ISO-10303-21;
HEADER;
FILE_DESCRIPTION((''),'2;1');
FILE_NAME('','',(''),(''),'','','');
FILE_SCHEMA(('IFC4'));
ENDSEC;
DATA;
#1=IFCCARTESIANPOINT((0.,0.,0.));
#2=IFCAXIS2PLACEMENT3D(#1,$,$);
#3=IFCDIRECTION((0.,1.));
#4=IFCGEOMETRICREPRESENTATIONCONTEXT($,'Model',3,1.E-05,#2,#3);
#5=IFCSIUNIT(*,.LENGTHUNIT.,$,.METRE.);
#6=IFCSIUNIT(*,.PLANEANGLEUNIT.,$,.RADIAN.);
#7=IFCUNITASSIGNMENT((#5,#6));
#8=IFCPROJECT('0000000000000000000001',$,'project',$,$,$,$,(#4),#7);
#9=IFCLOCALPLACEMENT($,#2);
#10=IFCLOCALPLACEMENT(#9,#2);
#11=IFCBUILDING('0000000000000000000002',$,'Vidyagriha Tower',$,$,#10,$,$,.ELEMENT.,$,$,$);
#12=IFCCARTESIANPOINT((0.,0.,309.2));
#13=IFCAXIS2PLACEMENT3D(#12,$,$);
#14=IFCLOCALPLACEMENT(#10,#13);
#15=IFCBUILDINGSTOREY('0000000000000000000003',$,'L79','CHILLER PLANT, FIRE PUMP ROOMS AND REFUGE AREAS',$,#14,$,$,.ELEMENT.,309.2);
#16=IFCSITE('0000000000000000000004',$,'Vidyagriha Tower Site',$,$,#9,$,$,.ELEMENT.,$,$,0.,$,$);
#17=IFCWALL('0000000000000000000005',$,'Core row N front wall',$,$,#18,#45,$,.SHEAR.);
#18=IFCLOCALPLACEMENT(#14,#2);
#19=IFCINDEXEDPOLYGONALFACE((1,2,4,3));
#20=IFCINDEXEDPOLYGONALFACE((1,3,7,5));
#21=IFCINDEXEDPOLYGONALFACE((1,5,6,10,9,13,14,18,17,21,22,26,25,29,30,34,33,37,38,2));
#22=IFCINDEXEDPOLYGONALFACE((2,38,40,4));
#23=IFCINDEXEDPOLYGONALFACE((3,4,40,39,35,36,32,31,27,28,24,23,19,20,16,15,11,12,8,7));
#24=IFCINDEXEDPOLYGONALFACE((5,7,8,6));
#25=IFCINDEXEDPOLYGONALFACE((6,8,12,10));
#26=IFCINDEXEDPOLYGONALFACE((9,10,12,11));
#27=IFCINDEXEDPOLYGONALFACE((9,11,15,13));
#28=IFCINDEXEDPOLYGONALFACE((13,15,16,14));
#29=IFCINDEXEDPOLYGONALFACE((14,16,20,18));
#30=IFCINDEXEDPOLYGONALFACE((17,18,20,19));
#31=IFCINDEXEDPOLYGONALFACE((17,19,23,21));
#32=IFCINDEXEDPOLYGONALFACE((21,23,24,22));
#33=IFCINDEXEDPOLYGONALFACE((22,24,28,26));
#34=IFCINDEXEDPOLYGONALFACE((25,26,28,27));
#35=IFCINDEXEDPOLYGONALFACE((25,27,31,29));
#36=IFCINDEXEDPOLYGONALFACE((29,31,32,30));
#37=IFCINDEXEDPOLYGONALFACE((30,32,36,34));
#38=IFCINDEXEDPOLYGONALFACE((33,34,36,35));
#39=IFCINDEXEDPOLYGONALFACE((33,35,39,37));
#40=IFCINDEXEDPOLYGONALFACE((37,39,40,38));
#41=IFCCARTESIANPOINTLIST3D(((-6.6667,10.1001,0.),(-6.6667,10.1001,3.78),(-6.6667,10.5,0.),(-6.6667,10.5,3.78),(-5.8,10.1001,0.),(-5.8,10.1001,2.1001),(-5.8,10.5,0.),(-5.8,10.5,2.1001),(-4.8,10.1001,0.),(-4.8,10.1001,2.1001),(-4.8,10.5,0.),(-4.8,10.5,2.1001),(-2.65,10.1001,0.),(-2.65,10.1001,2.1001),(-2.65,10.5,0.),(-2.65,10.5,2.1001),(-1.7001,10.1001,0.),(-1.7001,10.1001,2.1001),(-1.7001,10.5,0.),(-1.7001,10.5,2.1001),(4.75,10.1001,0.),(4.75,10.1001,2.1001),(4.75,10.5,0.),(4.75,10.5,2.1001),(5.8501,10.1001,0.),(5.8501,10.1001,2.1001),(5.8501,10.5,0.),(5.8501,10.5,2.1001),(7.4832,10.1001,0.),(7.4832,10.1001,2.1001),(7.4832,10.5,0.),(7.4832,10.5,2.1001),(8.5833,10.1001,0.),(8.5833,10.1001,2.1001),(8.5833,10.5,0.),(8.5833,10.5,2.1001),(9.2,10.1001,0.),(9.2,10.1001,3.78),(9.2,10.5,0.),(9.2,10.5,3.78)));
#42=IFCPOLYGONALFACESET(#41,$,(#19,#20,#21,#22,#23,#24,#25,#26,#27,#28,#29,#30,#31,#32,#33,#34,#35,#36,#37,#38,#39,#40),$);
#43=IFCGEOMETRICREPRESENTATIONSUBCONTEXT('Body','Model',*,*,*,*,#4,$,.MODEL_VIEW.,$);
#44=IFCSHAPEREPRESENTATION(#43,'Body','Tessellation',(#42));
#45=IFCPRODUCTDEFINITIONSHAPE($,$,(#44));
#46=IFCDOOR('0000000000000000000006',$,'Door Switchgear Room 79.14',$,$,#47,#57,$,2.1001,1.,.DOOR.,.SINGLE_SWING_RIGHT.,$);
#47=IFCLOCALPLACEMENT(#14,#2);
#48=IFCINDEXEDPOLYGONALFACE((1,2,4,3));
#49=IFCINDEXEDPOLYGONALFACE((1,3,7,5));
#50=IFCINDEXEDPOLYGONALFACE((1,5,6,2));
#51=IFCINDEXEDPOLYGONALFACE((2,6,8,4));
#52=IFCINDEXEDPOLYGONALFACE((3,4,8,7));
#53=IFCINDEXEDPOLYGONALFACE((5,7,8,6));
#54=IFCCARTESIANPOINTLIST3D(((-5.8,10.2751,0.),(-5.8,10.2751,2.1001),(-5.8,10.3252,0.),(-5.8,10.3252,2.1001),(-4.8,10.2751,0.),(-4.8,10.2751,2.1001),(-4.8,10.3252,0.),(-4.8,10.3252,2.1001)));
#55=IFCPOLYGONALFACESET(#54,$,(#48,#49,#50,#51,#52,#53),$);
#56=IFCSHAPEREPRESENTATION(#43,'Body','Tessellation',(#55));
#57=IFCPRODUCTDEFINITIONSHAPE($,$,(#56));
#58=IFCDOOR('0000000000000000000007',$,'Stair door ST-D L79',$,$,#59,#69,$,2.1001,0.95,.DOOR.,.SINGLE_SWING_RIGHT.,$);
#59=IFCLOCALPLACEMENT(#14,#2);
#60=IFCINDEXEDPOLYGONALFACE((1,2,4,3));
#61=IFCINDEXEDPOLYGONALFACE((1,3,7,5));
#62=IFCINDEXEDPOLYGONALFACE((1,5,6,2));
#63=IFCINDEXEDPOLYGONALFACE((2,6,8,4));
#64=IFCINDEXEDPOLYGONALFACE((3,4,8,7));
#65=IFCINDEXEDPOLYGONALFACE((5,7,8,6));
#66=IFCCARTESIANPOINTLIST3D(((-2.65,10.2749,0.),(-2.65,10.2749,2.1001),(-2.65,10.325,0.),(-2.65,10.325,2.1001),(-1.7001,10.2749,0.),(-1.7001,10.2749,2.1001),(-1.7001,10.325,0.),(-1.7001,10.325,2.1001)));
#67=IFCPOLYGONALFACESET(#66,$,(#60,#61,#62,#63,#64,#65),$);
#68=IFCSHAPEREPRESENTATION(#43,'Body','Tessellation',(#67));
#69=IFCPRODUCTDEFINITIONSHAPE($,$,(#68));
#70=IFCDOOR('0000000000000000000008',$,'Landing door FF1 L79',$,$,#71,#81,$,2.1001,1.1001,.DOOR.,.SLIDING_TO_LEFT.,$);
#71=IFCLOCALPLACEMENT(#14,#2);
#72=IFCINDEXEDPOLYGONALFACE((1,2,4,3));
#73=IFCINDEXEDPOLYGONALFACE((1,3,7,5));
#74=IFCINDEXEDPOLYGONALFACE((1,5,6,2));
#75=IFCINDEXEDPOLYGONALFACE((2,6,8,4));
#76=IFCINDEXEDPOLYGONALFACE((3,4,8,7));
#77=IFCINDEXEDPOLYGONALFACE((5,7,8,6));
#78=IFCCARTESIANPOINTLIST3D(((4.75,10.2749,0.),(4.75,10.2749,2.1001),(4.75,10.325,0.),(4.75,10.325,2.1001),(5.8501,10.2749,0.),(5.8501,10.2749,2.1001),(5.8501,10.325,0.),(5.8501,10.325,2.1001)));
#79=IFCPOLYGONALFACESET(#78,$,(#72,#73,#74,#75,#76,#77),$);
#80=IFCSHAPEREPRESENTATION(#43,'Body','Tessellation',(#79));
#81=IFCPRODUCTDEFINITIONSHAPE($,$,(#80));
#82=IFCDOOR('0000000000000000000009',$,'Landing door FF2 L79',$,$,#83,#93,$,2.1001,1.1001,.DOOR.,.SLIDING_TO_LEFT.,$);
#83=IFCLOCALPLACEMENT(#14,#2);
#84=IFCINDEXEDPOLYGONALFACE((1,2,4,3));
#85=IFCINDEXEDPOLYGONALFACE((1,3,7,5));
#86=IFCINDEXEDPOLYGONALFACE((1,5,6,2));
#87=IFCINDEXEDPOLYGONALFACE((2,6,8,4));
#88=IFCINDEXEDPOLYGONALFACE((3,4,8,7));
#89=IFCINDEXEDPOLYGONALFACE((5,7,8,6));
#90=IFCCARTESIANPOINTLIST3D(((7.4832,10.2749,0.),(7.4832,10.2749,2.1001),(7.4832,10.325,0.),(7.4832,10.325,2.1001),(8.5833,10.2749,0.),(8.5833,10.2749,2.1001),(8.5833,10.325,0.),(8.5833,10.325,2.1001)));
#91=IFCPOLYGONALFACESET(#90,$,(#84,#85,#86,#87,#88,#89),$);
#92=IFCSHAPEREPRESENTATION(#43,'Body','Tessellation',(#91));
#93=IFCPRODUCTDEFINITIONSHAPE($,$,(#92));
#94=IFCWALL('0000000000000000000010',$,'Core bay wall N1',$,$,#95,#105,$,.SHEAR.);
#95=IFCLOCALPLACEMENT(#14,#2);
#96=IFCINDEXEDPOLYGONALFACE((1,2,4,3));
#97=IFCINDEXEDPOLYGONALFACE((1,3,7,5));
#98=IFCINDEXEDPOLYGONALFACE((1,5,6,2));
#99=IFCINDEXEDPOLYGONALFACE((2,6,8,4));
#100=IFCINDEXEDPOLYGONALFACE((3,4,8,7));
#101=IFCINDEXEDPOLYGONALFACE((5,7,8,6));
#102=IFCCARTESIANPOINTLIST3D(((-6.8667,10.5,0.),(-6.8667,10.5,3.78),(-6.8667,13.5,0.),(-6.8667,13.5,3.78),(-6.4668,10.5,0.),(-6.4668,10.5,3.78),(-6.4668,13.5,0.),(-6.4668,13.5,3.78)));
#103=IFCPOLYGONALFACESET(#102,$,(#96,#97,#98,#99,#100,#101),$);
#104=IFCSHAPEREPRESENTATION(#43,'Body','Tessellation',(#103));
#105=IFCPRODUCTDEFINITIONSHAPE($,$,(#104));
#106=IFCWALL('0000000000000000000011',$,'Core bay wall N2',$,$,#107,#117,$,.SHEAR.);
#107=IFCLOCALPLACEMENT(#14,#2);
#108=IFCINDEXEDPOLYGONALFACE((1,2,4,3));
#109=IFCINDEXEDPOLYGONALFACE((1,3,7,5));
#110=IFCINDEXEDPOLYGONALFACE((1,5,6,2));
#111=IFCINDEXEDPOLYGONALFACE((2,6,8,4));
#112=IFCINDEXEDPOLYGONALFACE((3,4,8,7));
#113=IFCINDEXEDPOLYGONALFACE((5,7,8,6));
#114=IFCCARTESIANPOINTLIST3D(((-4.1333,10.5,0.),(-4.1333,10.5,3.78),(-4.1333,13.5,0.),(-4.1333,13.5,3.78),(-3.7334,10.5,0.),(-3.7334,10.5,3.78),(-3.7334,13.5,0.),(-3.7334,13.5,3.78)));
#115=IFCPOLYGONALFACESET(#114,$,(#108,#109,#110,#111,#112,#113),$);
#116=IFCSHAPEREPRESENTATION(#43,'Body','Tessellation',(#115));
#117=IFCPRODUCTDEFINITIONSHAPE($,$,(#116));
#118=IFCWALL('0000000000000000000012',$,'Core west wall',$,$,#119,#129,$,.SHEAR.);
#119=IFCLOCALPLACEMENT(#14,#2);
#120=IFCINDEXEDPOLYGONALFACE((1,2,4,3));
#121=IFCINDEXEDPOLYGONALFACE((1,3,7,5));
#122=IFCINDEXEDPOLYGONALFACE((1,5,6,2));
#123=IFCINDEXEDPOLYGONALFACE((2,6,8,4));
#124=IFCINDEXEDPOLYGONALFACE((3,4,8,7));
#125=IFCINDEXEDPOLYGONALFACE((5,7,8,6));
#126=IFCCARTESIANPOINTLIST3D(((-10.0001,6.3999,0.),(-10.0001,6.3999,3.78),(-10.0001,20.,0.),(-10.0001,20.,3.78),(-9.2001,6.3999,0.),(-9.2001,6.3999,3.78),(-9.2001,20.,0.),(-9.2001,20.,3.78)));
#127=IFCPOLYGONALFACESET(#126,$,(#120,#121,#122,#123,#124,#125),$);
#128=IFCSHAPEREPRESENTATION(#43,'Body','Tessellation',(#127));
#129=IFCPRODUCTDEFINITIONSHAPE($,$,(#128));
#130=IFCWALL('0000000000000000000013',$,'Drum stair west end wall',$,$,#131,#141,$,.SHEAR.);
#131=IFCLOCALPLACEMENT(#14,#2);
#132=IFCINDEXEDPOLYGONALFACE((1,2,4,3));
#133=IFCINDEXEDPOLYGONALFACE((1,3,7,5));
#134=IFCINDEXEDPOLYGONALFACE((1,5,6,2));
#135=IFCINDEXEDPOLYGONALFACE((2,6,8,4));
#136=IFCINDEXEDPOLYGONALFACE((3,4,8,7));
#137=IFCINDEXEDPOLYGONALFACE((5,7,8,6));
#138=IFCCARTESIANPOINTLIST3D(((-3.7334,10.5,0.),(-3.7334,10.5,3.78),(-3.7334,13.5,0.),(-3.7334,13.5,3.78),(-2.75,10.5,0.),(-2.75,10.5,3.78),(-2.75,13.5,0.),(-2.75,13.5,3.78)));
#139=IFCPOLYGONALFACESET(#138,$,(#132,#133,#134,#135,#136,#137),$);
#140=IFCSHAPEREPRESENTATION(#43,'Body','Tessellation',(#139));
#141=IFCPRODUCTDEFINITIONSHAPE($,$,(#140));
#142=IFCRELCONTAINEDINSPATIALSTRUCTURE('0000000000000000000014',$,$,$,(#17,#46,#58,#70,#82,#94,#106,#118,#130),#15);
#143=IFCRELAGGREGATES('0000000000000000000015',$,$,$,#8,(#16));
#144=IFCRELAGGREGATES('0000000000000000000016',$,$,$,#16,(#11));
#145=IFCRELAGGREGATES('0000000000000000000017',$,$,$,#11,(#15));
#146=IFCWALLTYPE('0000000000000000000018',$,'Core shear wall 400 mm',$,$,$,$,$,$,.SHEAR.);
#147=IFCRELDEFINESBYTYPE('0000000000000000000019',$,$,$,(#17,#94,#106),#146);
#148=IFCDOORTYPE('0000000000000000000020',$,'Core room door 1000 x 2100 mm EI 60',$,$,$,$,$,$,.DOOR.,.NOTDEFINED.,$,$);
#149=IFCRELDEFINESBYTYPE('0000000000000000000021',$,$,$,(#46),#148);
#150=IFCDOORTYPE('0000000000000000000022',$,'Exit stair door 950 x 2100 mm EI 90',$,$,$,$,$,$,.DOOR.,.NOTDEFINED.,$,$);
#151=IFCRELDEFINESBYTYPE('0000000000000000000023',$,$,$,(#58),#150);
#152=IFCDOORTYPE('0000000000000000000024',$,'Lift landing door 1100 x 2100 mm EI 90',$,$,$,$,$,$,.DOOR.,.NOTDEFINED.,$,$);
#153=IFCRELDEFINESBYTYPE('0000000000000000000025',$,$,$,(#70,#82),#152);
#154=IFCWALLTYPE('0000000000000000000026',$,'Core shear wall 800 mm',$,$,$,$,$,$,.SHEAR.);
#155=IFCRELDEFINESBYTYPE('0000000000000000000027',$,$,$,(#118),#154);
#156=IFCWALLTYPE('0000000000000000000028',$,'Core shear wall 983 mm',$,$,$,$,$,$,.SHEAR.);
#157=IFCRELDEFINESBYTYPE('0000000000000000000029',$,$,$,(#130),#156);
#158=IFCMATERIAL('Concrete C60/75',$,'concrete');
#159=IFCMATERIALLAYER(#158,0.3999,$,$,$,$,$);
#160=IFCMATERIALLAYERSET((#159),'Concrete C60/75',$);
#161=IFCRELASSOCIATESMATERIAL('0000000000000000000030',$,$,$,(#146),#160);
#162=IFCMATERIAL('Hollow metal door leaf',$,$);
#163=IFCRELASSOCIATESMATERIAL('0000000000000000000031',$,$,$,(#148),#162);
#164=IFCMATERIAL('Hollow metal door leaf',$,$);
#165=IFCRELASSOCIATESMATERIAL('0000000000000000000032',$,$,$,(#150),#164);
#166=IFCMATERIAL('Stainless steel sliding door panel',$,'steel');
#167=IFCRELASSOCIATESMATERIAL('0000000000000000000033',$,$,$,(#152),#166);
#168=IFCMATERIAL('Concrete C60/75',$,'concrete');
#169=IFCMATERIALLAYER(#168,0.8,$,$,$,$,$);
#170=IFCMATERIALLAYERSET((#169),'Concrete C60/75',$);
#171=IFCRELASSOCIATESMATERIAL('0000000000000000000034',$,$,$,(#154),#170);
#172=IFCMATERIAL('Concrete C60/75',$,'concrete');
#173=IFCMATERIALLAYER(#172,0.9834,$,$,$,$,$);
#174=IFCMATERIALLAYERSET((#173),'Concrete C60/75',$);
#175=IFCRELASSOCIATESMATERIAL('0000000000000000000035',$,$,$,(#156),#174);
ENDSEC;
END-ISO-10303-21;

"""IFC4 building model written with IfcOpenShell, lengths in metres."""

from ifc_helpers import new_model, si_unit, direction, frame, frame_2d, origin, place, context, subcontext, project, spatial, rectangle, extrude, material, layer, layer_set, type_object, element, fill, save


model = new_model("IFC4")

# Units and contexts
model_context = context("Model", 3, precision=1e-05, world=origin(), true_north=direction((0.0, 1.0)))
body_context = subcontext(model_context, "Body", "Model", "MODEL_VIEW")
ifc_project = project(units=[si_unit("LENGTHUNIT", "METRE"), si_unit("PLANEANGLEUNIT", "RADIAN")], contexts=[model_context])

# Site, building, storey
site_placement = place(None, origin())
site = spatial("IfcSite", under=ifc_project, at=site_placement, Name="Vidyagriha Tower Site", CompositionType="ELEMENT", RefElevation=0.0)
building_placement = place(site_placement, origin())
building = spatial("IfcBuilding", under=site, at=building_placement, Name="Vidyagriha Tower", CompositionType="ELEMENT")
storey_placement = place(building_placement, frame((0.0, 0.0, 309.2)))
storey = spatial("IfcBuildingStorey", under=building, at=storey_placement, Name="L79", Description="CHILLER PLANT, FIRE PUMP ROOMS AND REFUGE AREAS", CompositionType="ELEMENT", Elevation=309.2)

# Wall, openings, doors
ifc_material_1 = material(Name="Concrete C60/75", Category="concrete")
ifc_layer_1 = layer(ifc_material_1, 0.3999)
ifc_layer_set_1 = layer_set([ifc_layer_1], Name="Concrete C60/75")
wall_type_1 = type_object("IfcWallType", Name="Core shear wall 400 mm", PredefinedType="SHEAR", material=ifc_layer_set_1)
wall_1_placement = place(storey_placement, frame((-6.6667, 10.3, 0.0)))
wall_1 = element("IfcWall", 1, at=wall_1_placement, inside=storey, type_object=wall_type_1, Name="Core row N front wall", PredefinedType="SHEAR", context=body_context, shape_type="SweptSolid", body=[
    extrude(rectangle(XDim=15.8667, YDim=0.3999, at=frame_2d((7.9333, 0.0))), origin(), (0.0, 0.0, 1.0), 3.78),
])
opening_1_placement = place(wall_1_placement, frame((11.4167, 0.0, 0.0)))
opening_1 = element("IfcOpeningElement", 2, at=opening_1_placement, cuts=wall_1, PredefinedType="OPENING", context=body_context, shape_type="SweptSolid", body=[
    extrude(rectangle(XDim=1.1001, YDim=2.1001, at=frame_2d((0.55, 1.05))), frame((0.0, 0.21, 0.0), z_axis=(0.0, -1.0, 0.0), x_axis=(1.0, 0.0, 0.0)), (0.0, 0.0, 1.0), 0.4199),
])
opening_2_placement = place(wall_1_placement, frame((14.1499, 0.0, 0.0)))
opening_2 = element("IfcOpeningElement", 3, at=opening_2_placement, cuts=wall_1, PredefinedType="OPENING", context=body_context, shape_type="SweptSolid", body=[
    extrude(rectangle(XDim=1.1001, YDim=2.1001, at=frame_2d((0.55, 1.05))), frame((0.0, 0.21, 0.0), z_axis=(0.0, -1.0, 0.0), x_axis=(1.0, 0.0, 0.0)), (0.0, 0.0, 1.0), 0.4199),
])
opening_3_placement = place(wall_1_placement, frame((0.8667, 0.0, 0.0)))
opening_3 = element("IfcOpeningElement", 4, at=opening_3_placement, cuts=wall_1, PredefinedType="OPENING", context=body_context, shape_type="SweptSolid", body=[
    extrude(rectangle(XDim=1.0, YDim=2.1001, at=frame_2d((0.5, 1.05))), frame((0.0, 0.21, 0.0), z_axis=(0.0, -1.0, 0.0), x_axis=(1.0, 0.0, 0.0)), (0.0, 0.0, 1.0), 0.4199),
])
opening_4_placement = place(wall_1_placement, frame((4.0166, 0.0, 0.0)))
opening_4 = element("IfcOpeningElement", 5, at=opening_4_placement, cuts=wall_1, PredefinedType="OPENING", context=body_context, shape_type="SweptSolid", body=[
    extrude(rectangle(XDim=0.95, YDim=2.1001, at=frame_2d((0.4751, 1.05))), frame((0.0, 0.21, 0.0), z_axis=(0.0, -1.0, 0.0), x_axis=(1.0, 0.0, 0.0)), (0.0, 0.0, 1.0), 0.4199),
])
ifc_material_2 = material(Name="Hollow metal door leaf")
door_type_1 = type_object("IfcDoorType", Name="Core room door 1000 x 2100 mm EI 60", OperationType="NOTDEFINED", PredefinedType="DOOR", material=ifc_material_2)
door_1_placement = place(opening_3_placement, frame((1.0, 0.0, 0.0), z_axis=(0.0, 0.0, 1.0), x_axis=(-1.0, 0.0, 0.0)))
door_1 = element("IfcDoor", 6, at=door_1_placement, inside=storey, type_object=door_type_1, Name="Door Switchgear Room 79.14", OperationType="SINGLE_SWING_RIGHT", OverallHeight=2.1001, OverallWidth=1.0, PredefinedType="DOOR", context=body_context, shape_type="SweptSolid", body=[
    extrude(rectangle(XDim=1.0, YDim=2.1001, at=frame_2d((0.5, 1.05))), frame((0.0, 0.0249, 0.0), z_axis=(0.0, -1.0, 0.0), x_axis=(1.0, 0.0, 0.0)), (0.0, 0.0, 1.0), 0.05),
])
fill(opening_3, door_1)
ifc_material_3 = material(Name="Hollow metal door leaf")
door_type_2 = type_object("IfcDoorType", Name="Exit stair door 950 x 2100 mm EI 90", OperationType="NOTDEFINED", PredefinedType="DOOR", material=ifc_material_3)
door_2_placement = place(opening_4_placement, origin())
door_2 = element("IfcDoor", 7, at=door_2_placement, inside=storey, type_object=door_type_2, Name="Stair door ST-D L79", OperationType="SINGLE_SWING_RIGHT", OverallHeight=2.1001, OverallWidth=0.95, PredefinedType="DOOR", context=body_context, shape_type="SweptSolid", body=[
    extrude(rectangle(XDim=0.95, YDim=2.1001, at=frame_2d((0.4751, 1.05))), frame((0.0, 0.0249, 0.0), z_axis=(0.0, -1.0, 0.0), x_axis=(1.0, 0.0, 0.0)), (0.0, 0.0, 1.0), 0.05),
])
fill(opening_4, door_2)
ifc_material_4 = material(Name="Stainless steel sliding door panel", Category="steel")
door_type_3 = type_object("IfcDoorType", Name="Lift landing door 1100 x 2100 mm EI 90", OperationType="NOTDEFINED", PredefinedType="DOOR", material=ifc_material_4)
door_3_placement = place(opening_1_placement, origin())
door_3 = element("IfcDoor", 8, at=door_3_placement, inside=storey, type_object=door_type_3, Name="Landing door FF1 L79", OperationType="SLIDING_TO_LEFT", OverallHeight=2.1001, OverallWidth=1.1001, PredefinedType="DOOR", context=body_context, shape_type="SweptSolid", body=[
    extrude(rectangle(XDim=1.1001, YDim=2.1001, at=frame_2d((0.55, 1.05))), frame((0.0, 0.0249, 0.0), z_axis=(0.0, -1.0, 0.0), x_axis=(1.0, 0.0, 0.0)), (0.0, 0.0, 1.0), 0.05),
])
fill(opening_1, door_3)
door_4_placement = place(opening_2_placement, origin())
door_4 = element("IfcDoor", 9, at=door_4_placement, inside=storey, type_object=door_type_3, Name="Landing door FF2 L79", OperationType="SLIDING_TO_LEFT", OverallHeight=2.1001, OverallWidth=1.1001, PredefinedType="DOOR", context=body_context, shape_type="SweptSolid", body=[
    extrude(rectangle(XDim=1.1001, YDim=2.1001, at=frame_2d((0.55, 1.05))), frame((0.0, 0.0249, 0.0), z_axis=(0.0, -1.0, 0.0), x_axis=(1.0, 0.0, 0.0)), (0.0, 0.0, 1.0), 0.05),
])
fill(opening_2, door_4)

# Walls
for number, where, z_axis, x_axis, name in (
    (10, (-6.6667, 10.5, 0.0), (0.0, 0.0, 1.0), (0.0, 1.0, 0.0), "Core bay wall N1"),
    (11, (-3.9333, 10.5, 0.0), (0.0, 0.0, 1.0), (0.0, 1.0, 0.0), "Core bay wall N2"),
):
    element("IfcWall", number, at=place(storey_placement, frame(where, z_axis=z_axis, x_axis=x_axis)), inside=storey, type_object=wall_type_1, Name=name, PredefinedType="SHEAR", context=body_context, shape_type="SweptSolid", body=[
        extrude(rectangle(XDim=3.0, YDim=0.3999, at=frame_2d((1.5, 0.0))), origin(), (0.0, 0.0, 1.0), 3.78),
    ])
ifc_material_5 = material(Name="Concrete C60/75", Category="concrete")
ifc_layer_2 = layer(ifc_material_5, 0.8)
ifc_layer_set_2 = layer_set([ifc_layer_2], Name="Concrete C60/75")
wall_type_2 = type_object("IfcWallType", Name="Core shear wall 800 mm", PredefinedType="SHEAR", material=ifc_layer_set_2)
wall_2_placement = place(storey_placement, frame((-9.6001, 6.3999, 0.0), z_axis=(0.0, 0.0, 1.0), x_axis=(0.0, 1.0, 0.0)))
element("IfcWall", 12, at=wall_2_placement, inside=storey, type_object=wall_type_2, Name="Core west wall", PredefinedType="SHEAR", context=body_context, shape_type="SweptSolid", body=[
    extrude(rectangle(XDim=13.6001, YDim=0.8, at=frame_2d((6.8, 0.0))), origin(), (0.0, 0.0, 1.0), 3.78),
])
ifc_material_6 = material(Name="Concrete C60/75", Category="concrete")
ifc_layer_3 = layer(ifc_material_6, 0.9834)
ifc_layer_set_3 = layer_set([ifc_layer_3], Name="Concrete C60/75")
wall_type_3 = type_object("IfcWallType", Name="Core shear wall 983 mm", PredefinedType="SHEAR", material=ifc_layer_set_3)
wall_3_placement = place(storey_placement, frame((-3.2417, 10.5, 0.0), z_axis=(0.0, 0.0, 1.0), x_axis=(0.0, 1.0, 0.0)))
element("IfcWall", 13, at=wall_3_placement, inside=storey, type_object=wall_type_3, Name="Drum stair west end wall", PredefinedType="SHEAR", context=body_context, shape_type="SweptSolid", body=[
    extrude(rectangle(XDim=3.0, YDim=0.9834, at=frame_2d((1.5, 0.0))), origin(), (0.0, 0.0, 1.0), 3.78),
])

save(model, "model.ifc")
